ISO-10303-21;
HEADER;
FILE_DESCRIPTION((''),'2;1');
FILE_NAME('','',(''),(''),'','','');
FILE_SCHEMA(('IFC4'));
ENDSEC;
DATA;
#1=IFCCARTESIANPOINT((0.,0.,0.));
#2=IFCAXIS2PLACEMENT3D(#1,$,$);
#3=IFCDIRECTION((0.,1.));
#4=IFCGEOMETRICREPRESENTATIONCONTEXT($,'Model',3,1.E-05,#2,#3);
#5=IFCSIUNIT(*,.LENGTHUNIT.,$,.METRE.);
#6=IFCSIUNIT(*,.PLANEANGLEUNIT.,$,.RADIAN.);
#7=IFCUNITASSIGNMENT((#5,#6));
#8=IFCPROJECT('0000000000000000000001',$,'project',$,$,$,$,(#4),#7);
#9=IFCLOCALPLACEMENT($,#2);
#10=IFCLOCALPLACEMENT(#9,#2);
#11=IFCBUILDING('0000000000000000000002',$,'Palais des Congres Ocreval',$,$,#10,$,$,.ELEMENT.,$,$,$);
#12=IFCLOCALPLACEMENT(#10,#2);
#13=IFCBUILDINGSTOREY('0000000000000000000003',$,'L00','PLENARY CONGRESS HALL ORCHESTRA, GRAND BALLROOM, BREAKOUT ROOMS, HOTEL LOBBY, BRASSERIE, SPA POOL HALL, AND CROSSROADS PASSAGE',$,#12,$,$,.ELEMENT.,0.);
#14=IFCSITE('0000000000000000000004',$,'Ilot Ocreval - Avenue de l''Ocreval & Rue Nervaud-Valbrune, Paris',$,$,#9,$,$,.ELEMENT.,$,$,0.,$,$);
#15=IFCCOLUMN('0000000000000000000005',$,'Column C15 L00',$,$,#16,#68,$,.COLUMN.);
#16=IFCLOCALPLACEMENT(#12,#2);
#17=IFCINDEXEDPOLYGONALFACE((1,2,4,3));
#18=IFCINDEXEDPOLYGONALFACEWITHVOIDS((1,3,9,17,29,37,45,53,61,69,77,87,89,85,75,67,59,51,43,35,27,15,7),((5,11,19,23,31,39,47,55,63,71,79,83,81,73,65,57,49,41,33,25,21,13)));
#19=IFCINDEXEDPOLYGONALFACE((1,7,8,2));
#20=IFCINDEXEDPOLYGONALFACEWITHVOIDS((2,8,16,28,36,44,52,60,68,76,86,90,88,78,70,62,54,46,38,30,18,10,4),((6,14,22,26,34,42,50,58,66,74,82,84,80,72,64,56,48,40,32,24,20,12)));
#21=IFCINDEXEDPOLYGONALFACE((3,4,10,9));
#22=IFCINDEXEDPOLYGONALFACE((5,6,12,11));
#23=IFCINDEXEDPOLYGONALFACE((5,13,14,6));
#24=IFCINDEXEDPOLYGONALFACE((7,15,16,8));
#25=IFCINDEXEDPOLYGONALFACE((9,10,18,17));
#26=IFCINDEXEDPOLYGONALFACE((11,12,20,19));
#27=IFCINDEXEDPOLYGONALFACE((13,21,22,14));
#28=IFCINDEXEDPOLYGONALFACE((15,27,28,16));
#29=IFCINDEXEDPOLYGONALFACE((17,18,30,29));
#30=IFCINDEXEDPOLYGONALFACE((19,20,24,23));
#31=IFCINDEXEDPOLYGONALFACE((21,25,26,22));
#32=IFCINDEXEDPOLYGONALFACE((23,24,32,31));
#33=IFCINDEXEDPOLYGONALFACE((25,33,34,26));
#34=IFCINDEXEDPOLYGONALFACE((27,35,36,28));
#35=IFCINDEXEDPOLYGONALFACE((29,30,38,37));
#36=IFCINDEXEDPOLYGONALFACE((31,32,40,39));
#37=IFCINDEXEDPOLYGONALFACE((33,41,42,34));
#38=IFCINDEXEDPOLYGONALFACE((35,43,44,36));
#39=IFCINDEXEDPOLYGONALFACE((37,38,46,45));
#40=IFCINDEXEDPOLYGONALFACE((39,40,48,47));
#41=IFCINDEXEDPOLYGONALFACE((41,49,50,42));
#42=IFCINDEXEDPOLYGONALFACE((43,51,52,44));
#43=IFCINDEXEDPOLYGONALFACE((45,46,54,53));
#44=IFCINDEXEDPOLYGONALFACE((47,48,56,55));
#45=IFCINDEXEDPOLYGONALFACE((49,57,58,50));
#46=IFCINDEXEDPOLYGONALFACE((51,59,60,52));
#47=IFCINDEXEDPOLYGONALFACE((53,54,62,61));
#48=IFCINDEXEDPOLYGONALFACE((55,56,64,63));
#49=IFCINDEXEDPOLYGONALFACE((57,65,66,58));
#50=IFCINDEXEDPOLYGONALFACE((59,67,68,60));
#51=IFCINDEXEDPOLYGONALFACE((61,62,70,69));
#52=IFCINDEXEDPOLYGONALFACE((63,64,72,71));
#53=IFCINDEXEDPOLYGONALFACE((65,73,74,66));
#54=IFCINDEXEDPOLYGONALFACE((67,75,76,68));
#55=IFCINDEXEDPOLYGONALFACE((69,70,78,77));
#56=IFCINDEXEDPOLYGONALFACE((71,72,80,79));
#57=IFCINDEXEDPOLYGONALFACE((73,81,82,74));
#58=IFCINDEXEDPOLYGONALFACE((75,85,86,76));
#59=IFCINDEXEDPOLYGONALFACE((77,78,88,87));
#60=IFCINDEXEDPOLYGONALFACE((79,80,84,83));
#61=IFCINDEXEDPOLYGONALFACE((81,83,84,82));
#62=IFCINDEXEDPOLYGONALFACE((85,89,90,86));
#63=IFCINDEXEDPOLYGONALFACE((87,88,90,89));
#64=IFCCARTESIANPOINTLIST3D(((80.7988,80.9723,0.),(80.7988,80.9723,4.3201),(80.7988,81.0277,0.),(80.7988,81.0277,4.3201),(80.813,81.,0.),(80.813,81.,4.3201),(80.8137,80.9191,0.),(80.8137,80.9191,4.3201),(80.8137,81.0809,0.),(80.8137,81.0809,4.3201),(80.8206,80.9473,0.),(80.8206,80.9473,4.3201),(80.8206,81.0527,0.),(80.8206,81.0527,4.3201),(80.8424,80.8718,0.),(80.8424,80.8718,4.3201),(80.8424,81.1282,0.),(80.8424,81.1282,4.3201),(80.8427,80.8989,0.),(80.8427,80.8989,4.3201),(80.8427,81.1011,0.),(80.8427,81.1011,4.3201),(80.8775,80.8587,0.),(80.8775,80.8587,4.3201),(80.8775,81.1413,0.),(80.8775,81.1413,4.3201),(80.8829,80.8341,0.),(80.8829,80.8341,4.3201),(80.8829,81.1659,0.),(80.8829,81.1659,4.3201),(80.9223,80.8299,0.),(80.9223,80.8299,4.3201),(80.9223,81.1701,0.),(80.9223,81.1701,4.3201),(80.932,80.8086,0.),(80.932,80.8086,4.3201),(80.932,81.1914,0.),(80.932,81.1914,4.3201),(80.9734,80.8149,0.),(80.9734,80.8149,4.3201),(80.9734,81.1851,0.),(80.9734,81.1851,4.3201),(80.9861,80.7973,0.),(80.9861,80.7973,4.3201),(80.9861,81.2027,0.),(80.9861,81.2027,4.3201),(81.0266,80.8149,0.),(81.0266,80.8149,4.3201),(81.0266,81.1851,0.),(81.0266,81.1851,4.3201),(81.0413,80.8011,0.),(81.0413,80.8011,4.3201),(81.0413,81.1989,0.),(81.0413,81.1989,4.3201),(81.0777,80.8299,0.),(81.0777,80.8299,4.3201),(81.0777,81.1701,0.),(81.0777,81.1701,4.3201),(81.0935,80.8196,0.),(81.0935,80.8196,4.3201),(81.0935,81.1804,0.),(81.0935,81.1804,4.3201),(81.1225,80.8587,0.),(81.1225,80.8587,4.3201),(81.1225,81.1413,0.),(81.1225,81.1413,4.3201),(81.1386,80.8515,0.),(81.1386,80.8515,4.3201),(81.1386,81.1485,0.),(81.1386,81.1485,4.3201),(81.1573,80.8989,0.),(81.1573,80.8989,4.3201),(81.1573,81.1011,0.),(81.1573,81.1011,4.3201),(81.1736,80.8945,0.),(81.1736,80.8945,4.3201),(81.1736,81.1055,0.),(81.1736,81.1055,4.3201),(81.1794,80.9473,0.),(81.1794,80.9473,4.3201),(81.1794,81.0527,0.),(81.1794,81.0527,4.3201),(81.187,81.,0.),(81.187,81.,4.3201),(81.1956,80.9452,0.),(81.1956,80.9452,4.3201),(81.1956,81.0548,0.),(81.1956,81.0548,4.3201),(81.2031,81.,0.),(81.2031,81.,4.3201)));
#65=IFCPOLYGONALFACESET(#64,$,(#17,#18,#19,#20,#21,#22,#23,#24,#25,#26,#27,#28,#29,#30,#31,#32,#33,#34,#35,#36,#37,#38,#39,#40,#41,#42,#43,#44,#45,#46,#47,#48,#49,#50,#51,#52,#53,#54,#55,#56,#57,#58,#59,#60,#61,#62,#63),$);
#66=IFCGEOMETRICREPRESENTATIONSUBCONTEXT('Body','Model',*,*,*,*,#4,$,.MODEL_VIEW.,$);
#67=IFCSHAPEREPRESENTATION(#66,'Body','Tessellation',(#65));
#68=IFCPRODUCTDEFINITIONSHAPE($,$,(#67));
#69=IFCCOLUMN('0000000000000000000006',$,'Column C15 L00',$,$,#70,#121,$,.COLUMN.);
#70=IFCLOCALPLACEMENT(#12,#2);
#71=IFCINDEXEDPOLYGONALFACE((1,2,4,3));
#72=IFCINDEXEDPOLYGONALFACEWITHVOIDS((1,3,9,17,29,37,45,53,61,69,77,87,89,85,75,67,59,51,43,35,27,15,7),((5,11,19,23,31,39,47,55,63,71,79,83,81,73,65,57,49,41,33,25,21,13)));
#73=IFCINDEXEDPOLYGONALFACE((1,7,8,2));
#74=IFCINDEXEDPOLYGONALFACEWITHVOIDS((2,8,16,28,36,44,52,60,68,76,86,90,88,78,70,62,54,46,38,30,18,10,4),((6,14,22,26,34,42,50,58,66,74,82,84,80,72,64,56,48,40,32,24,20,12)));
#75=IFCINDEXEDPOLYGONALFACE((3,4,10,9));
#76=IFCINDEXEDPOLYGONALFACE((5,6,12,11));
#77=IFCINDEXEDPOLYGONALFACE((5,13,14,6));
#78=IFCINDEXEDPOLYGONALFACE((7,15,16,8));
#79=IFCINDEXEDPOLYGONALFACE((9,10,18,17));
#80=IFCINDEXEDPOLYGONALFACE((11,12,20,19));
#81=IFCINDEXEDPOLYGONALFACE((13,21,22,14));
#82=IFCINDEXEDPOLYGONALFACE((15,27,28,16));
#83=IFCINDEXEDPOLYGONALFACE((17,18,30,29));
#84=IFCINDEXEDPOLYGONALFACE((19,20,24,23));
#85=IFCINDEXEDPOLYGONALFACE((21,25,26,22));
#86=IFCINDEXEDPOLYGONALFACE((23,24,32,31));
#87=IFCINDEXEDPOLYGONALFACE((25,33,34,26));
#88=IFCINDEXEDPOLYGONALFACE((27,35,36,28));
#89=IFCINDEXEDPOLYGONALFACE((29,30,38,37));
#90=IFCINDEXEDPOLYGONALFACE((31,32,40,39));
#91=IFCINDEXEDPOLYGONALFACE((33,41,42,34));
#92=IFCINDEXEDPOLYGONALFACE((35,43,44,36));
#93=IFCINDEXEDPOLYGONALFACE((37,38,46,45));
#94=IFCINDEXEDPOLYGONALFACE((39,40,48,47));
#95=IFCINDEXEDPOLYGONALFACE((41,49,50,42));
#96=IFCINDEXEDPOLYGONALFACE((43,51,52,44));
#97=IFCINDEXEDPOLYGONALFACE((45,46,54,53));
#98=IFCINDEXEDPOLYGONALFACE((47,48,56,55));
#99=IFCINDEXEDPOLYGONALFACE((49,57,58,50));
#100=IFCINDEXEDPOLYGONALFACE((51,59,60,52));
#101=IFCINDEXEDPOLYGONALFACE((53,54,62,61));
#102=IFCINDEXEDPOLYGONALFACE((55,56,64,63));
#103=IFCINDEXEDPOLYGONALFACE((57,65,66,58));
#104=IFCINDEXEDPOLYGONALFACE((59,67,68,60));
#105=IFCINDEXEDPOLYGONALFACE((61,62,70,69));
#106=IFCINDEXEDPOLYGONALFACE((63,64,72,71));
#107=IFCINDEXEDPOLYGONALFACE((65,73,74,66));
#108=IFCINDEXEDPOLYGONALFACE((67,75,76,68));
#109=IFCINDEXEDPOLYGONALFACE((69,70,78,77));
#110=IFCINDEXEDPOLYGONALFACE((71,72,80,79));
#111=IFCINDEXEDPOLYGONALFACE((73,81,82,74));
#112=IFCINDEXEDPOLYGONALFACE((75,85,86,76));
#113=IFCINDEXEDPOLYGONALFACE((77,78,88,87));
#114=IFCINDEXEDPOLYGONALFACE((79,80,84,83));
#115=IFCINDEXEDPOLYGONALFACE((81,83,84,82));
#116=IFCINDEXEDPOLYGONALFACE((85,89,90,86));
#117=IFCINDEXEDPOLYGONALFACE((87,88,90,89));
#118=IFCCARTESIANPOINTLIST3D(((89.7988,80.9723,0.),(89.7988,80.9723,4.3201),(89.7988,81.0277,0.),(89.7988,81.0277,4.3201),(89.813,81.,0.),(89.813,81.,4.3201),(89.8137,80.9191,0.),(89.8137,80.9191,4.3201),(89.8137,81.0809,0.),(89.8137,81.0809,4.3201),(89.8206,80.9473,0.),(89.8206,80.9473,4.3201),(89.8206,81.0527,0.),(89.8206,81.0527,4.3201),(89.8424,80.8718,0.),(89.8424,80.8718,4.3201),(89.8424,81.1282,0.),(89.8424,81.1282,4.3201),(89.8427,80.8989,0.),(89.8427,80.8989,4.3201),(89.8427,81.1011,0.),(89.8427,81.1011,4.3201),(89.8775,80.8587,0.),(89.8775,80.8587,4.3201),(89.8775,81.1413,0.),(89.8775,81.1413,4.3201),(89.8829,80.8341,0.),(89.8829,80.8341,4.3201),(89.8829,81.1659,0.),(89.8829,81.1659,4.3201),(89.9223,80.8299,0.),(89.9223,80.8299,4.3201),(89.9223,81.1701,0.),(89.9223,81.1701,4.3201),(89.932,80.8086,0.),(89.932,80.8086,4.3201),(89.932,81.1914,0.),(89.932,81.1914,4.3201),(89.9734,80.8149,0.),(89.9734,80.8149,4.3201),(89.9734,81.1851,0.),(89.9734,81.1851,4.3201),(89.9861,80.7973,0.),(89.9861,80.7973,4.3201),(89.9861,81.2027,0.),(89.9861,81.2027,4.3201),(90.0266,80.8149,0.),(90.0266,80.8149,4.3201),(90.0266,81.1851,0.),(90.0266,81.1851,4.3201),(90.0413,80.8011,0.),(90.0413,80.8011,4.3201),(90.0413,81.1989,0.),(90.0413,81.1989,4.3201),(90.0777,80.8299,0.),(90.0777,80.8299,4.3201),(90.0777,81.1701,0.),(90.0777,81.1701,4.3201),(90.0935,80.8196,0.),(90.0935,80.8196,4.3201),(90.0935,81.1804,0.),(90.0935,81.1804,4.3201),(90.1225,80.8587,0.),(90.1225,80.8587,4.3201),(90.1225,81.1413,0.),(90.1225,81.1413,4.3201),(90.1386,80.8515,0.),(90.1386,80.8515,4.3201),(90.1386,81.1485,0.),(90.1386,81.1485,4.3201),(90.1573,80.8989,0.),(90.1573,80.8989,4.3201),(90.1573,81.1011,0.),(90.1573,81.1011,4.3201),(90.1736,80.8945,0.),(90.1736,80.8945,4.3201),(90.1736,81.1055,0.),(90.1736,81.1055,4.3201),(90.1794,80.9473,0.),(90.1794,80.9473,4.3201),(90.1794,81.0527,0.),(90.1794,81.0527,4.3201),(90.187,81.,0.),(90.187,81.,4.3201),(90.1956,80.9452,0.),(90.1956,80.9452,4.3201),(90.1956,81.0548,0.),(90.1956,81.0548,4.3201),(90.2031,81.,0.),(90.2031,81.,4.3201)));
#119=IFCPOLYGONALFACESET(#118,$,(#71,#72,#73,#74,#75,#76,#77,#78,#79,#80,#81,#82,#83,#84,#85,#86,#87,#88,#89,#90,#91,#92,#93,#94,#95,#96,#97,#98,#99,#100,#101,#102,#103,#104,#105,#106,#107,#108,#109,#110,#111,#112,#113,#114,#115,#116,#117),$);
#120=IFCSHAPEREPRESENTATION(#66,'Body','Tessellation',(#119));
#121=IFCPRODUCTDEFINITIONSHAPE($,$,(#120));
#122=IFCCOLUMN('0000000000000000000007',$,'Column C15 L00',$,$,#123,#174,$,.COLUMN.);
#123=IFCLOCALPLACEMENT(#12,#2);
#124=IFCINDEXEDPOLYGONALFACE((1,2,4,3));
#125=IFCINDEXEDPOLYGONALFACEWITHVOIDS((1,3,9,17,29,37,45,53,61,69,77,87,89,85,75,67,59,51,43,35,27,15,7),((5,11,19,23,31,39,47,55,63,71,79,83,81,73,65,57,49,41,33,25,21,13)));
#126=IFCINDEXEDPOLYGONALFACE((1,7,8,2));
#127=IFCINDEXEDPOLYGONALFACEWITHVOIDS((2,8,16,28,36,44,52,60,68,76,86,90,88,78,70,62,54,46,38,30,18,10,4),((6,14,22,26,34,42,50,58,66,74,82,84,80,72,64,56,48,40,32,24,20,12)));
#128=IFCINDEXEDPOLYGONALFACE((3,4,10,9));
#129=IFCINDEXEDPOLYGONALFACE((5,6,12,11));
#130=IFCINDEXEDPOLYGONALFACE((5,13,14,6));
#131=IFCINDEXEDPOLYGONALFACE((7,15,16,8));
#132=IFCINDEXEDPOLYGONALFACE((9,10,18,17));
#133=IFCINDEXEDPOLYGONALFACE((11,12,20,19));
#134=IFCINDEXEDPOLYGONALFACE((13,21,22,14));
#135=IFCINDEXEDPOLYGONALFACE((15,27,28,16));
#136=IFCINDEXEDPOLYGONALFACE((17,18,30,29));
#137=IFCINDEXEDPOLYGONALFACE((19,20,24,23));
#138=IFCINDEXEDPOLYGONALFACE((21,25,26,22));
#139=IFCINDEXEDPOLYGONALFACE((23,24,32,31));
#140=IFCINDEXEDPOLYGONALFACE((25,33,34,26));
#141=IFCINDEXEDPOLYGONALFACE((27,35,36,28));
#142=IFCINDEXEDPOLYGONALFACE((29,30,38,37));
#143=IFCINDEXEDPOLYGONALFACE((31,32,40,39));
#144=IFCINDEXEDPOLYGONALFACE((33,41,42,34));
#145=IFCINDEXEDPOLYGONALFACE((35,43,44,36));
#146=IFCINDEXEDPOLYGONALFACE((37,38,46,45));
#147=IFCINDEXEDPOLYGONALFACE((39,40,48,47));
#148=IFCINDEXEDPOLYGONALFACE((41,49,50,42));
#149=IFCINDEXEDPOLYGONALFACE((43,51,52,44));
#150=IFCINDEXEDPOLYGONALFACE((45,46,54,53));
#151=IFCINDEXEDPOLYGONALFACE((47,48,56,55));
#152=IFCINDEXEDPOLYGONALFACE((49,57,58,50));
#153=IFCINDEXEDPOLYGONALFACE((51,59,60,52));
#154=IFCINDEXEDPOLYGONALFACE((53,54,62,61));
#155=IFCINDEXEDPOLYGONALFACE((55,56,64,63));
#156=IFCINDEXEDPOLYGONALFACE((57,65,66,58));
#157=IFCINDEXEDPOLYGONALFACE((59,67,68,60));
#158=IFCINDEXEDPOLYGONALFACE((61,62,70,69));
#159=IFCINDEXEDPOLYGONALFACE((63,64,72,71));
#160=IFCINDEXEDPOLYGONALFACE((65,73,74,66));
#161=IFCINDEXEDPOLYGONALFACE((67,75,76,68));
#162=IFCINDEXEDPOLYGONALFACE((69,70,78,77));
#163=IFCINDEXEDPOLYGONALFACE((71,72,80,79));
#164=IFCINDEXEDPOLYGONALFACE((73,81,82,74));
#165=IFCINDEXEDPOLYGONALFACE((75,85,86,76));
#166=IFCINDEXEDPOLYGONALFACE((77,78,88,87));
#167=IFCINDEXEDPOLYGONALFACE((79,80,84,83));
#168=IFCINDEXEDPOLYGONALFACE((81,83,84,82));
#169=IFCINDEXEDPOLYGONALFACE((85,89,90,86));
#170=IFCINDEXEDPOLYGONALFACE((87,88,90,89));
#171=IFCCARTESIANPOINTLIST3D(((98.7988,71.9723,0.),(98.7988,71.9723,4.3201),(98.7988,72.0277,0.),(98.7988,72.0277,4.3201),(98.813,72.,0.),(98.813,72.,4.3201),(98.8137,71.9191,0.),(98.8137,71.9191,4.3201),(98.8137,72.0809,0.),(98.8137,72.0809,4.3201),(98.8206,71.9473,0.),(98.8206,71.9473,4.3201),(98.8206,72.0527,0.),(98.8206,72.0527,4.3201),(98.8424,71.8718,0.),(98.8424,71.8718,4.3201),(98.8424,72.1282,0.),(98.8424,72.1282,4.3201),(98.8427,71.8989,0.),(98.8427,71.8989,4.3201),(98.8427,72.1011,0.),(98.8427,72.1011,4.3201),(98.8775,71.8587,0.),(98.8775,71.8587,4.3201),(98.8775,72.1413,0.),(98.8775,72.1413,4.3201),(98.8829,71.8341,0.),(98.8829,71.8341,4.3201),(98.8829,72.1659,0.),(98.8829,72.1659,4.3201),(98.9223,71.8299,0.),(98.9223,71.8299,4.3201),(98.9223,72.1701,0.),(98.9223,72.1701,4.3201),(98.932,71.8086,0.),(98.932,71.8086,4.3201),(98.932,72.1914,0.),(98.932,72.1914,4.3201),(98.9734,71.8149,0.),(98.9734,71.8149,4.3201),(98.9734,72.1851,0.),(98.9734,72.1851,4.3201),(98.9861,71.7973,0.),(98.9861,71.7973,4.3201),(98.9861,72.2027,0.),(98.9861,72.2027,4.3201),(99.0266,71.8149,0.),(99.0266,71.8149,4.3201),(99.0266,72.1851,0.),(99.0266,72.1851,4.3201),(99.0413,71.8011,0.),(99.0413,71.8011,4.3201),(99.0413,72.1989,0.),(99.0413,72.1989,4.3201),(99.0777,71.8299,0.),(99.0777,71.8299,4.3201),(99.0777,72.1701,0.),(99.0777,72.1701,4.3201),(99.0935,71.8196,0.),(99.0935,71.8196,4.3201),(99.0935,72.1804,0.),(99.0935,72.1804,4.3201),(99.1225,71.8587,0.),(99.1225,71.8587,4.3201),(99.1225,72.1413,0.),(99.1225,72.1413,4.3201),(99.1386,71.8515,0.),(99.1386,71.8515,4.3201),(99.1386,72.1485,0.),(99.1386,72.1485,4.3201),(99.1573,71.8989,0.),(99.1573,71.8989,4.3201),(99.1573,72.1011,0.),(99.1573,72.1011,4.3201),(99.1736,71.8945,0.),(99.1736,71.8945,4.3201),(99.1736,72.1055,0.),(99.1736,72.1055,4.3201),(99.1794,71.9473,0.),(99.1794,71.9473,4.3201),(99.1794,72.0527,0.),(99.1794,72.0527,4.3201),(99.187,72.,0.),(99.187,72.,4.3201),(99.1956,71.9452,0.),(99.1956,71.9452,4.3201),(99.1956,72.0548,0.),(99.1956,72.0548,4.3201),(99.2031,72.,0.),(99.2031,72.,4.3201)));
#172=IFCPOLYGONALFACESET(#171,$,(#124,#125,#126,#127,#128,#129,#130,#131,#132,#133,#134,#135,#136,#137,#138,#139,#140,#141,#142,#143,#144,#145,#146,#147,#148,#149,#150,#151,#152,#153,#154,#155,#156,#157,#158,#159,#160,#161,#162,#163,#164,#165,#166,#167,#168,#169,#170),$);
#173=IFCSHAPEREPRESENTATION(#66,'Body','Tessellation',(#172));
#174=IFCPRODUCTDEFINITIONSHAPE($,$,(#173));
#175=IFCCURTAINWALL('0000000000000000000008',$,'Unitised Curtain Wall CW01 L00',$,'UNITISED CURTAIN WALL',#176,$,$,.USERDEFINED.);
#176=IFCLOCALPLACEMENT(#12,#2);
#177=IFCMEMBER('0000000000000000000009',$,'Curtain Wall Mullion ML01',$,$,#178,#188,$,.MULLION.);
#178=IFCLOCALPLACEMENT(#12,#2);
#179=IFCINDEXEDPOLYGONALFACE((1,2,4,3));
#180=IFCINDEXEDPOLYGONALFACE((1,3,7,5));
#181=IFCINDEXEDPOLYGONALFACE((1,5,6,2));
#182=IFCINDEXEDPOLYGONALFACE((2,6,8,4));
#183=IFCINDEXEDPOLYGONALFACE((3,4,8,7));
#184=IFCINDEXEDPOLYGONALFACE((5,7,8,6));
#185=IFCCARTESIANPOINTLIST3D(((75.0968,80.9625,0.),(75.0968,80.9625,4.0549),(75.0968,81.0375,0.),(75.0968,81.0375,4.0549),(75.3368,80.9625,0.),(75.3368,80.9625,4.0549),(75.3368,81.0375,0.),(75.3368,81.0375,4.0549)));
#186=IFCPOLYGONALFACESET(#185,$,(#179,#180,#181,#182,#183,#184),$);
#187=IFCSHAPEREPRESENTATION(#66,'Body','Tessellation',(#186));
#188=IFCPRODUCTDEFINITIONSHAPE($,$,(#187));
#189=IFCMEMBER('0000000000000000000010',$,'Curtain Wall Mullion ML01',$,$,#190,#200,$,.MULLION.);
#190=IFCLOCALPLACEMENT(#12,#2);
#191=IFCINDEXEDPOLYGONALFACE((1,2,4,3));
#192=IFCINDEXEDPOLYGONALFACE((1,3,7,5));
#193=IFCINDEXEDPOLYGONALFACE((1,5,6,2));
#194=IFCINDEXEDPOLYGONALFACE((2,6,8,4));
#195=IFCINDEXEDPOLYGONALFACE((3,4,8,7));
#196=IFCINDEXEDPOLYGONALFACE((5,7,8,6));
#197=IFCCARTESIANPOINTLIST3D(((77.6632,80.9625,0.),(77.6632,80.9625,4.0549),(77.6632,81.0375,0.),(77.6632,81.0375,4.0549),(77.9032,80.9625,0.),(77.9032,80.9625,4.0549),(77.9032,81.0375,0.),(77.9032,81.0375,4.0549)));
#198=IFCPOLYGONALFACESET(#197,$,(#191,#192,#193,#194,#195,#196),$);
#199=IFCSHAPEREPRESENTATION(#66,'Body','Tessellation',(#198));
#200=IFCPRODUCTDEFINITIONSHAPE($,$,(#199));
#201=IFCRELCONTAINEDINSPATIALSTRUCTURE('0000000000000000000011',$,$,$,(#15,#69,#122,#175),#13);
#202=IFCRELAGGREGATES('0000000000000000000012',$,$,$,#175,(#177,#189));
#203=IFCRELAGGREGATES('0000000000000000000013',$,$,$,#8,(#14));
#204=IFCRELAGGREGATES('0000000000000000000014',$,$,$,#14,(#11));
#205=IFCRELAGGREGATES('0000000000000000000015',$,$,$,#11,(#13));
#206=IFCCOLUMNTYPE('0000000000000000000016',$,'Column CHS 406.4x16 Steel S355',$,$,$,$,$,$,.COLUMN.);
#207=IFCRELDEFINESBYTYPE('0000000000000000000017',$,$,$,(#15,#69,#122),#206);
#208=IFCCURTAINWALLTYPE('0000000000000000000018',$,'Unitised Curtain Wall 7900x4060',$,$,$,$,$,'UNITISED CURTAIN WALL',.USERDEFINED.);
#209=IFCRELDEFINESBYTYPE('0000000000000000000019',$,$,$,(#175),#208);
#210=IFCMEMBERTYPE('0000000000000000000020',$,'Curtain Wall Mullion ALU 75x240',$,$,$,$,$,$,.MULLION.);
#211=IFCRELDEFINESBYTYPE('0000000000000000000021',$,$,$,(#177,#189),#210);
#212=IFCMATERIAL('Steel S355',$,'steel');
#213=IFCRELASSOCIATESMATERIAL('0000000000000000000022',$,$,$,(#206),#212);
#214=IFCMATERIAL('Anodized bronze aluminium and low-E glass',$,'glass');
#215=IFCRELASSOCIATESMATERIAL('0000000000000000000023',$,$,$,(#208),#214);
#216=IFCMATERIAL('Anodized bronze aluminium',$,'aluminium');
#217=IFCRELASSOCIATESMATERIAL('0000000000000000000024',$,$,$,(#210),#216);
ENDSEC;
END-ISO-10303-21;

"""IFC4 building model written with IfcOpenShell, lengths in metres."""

from ifc_helpers import new_model, si_unit, direction, frame, origin, origin_2d, place, context, subcontext, project, spatial, rectangle, hollow_circle, extrude, material, material_profile, profile_set, type_object, element, aggregate, save


model = new_model("IFC4")

# Units and contexts
model_context = context("Model", 3, precision=1e-05, world=origin(), true_north=direction((0.0, 1.0)))
body_context = subcontext(model_context, "Body", "Model", "MODEL_VIEW")
ifc_project = project(units=[si_unit("LENGTHUNIT", "METRE"), si_unit("PLANEANGLEUNIT", "RADIAN")], contexts=[model_context])

# Site, building, storey
site_placement = place(None, origin())
site = spatial("IfcSite", under=ifc_project, at=site_placement, Name="Ilot Ocreval - Avenue de l'Ocreval & Rue Nervaud-Valbrune, Paris", CompositionType="ELEMENT", RefElevation=0.0)
building_placement = place(site_placement, origin())
building = spatial("IfcBuilding", under=site, at=building_placement, Name="Palais des Congres Ocreval", CompositionType="ELEMENT")
storey_placement = place(building_placement, origin())
storey = spatial("IfcBuildingStorey", under=building, at=storey_placement, Name="L00", Description="PLENARY CONGRESS HALL ORCHESTRA, GRAND BALLROOM, BREAKOUT ROOMS, HOTEL LOBBY, BRASSERIE, SPA POOL HALL, AND CROSSROADS PASSAGE", CompositionType="ELEMENT", Elevation=0.0)

# Columns
ifc_material_1 = material(Name="Steel S355", Category="steel")
ifc_material_profile_1 = material_profile(ifc_material_1, hollow_circle(Radius=0.2031, WallThickness=0.0161, at=origin_2d()), Name="CHS 406.4x16")
ifc_profile_set_1 = profile_set([ifc_material_profile_1], Name="Steel S355")
column_type = type_object("IfcColumnType", Name="Column CHS 406.4x16 Steel S355", PredefinedType="COLUMN", material=ifc_profile_set_1)
for number, where, z_axis, x_axis, name in (
    (1, (81.0, 81.0, 0.0), (0.0, 0.0, 1.0), (1.0, 0.0, 0.0), "Column C15 L00"),
    (2, (90.0, 81.0, 0.0), (0.0, 0.0, 1.0), (1.0, 0.0, 0.0), "Column C15 L00"),
    (3, (99.0, 72.0, 0.0), (0.0, 0.0, 1.0), (1.0, 0.0, 0.0), "Column C15 L00"),
):
    element("IfcColumn", number, at=place(storey_placement, frame(where, z_axis=z_axis, x_axis=x_axis)), inside=storey, type_object=column_type, Name=name, PredefinedType="COLUMN", context=body_context, shape_type="SweptSolid", body=[
        extrude(hollow_circle(Radius=0.2031, WallThickness=0.0161, at=origin_2d()), origin(), (0.0, 0.0, 1.0), 4.3201),
    ])

# Curtain wall, members
ifc_material_2 = material(Name="Anodized bronze aluminium and low-E glass", Category="glass")
curtain_wall_type = type_object("IfcCurtainWallType", Name="Unitised Curtain Wall 7900x4060", ElementType="UNITISED CURTAIN WALL", PredefinedType="USERDEFINED", material=ifc_material_2)
curtain_wall_1_placement = place(storey_placement, origin())
curtain_wall_1 = element("IfcCurtainWall", 4, at=curtain_wall_1_placement, inside=storey, type_object=curtain_wall_type, Name="Unitised Curtain Wall CW01 L00", ObjectType="UNITISED CURTAIN WALL", PredefinedType="USERDEFINED")
ifc_material_3 = material(Name="Anodized bronze aluminium", Category="aluminium")
ifc_material_profile_2 = material_profile(ifc_material_3, rectangle(XDim=0.075, YDim=0.24, at=origin_2d()), Name="ALU 75x240")
ifc_profile_set_2 = profile_set([ifc_material_profile_2], Name="Anodized bronze aluminium")
member_type_1 = type_object("IfcMemberType", Name="Curtain Wall Mullion ALU 75x240", PredefinedType="MULLION", material=ifc_profile_set_2)
member_1_placement = place(storey_placement, frame((75.2168, 81.0, 0.0), z_axis=(0.0, 0.0, 1.0), x_axis=(0.0, 1.0, 0.0)))
member_1 = element("IfcMember", 5, at=member_1_placement, type_object=member_type_1, Name="Curtain Wall Mullion ML01", PredefinedType="MULLION", context=body_context, shape_type="SweptSolid", body=[
    extrude(rectangle(XDim=0.075, YDim=0.24, at=origin_2d()), origin(), (0.0, 0.0, 1.0), 4.0549),
])
member_2_placement = place(storey_placement, frame((77.7832, 81.0, 0.0), z_axis=(0.0, 0.0, 1.0), x_axis=(0.0, 1.0, 0.0)))
member_2 = element("IfcMember", 6, at=member_2_placement, type_object=member_type_1, Name="Curtain Wall Mullion ML01", PredefinedType="MULLION", context=body_context, shape_type="SweptSolid", body=[
    extrude(rectangle(XDim=0.075, YDim=0.24, at=origin_2d()), origin(), (0.0, 0.0, 1.0), 4.0549),
])

aggregate(curtain_wall_1, [member_1, member_2])

save(model, "model.ifc")
